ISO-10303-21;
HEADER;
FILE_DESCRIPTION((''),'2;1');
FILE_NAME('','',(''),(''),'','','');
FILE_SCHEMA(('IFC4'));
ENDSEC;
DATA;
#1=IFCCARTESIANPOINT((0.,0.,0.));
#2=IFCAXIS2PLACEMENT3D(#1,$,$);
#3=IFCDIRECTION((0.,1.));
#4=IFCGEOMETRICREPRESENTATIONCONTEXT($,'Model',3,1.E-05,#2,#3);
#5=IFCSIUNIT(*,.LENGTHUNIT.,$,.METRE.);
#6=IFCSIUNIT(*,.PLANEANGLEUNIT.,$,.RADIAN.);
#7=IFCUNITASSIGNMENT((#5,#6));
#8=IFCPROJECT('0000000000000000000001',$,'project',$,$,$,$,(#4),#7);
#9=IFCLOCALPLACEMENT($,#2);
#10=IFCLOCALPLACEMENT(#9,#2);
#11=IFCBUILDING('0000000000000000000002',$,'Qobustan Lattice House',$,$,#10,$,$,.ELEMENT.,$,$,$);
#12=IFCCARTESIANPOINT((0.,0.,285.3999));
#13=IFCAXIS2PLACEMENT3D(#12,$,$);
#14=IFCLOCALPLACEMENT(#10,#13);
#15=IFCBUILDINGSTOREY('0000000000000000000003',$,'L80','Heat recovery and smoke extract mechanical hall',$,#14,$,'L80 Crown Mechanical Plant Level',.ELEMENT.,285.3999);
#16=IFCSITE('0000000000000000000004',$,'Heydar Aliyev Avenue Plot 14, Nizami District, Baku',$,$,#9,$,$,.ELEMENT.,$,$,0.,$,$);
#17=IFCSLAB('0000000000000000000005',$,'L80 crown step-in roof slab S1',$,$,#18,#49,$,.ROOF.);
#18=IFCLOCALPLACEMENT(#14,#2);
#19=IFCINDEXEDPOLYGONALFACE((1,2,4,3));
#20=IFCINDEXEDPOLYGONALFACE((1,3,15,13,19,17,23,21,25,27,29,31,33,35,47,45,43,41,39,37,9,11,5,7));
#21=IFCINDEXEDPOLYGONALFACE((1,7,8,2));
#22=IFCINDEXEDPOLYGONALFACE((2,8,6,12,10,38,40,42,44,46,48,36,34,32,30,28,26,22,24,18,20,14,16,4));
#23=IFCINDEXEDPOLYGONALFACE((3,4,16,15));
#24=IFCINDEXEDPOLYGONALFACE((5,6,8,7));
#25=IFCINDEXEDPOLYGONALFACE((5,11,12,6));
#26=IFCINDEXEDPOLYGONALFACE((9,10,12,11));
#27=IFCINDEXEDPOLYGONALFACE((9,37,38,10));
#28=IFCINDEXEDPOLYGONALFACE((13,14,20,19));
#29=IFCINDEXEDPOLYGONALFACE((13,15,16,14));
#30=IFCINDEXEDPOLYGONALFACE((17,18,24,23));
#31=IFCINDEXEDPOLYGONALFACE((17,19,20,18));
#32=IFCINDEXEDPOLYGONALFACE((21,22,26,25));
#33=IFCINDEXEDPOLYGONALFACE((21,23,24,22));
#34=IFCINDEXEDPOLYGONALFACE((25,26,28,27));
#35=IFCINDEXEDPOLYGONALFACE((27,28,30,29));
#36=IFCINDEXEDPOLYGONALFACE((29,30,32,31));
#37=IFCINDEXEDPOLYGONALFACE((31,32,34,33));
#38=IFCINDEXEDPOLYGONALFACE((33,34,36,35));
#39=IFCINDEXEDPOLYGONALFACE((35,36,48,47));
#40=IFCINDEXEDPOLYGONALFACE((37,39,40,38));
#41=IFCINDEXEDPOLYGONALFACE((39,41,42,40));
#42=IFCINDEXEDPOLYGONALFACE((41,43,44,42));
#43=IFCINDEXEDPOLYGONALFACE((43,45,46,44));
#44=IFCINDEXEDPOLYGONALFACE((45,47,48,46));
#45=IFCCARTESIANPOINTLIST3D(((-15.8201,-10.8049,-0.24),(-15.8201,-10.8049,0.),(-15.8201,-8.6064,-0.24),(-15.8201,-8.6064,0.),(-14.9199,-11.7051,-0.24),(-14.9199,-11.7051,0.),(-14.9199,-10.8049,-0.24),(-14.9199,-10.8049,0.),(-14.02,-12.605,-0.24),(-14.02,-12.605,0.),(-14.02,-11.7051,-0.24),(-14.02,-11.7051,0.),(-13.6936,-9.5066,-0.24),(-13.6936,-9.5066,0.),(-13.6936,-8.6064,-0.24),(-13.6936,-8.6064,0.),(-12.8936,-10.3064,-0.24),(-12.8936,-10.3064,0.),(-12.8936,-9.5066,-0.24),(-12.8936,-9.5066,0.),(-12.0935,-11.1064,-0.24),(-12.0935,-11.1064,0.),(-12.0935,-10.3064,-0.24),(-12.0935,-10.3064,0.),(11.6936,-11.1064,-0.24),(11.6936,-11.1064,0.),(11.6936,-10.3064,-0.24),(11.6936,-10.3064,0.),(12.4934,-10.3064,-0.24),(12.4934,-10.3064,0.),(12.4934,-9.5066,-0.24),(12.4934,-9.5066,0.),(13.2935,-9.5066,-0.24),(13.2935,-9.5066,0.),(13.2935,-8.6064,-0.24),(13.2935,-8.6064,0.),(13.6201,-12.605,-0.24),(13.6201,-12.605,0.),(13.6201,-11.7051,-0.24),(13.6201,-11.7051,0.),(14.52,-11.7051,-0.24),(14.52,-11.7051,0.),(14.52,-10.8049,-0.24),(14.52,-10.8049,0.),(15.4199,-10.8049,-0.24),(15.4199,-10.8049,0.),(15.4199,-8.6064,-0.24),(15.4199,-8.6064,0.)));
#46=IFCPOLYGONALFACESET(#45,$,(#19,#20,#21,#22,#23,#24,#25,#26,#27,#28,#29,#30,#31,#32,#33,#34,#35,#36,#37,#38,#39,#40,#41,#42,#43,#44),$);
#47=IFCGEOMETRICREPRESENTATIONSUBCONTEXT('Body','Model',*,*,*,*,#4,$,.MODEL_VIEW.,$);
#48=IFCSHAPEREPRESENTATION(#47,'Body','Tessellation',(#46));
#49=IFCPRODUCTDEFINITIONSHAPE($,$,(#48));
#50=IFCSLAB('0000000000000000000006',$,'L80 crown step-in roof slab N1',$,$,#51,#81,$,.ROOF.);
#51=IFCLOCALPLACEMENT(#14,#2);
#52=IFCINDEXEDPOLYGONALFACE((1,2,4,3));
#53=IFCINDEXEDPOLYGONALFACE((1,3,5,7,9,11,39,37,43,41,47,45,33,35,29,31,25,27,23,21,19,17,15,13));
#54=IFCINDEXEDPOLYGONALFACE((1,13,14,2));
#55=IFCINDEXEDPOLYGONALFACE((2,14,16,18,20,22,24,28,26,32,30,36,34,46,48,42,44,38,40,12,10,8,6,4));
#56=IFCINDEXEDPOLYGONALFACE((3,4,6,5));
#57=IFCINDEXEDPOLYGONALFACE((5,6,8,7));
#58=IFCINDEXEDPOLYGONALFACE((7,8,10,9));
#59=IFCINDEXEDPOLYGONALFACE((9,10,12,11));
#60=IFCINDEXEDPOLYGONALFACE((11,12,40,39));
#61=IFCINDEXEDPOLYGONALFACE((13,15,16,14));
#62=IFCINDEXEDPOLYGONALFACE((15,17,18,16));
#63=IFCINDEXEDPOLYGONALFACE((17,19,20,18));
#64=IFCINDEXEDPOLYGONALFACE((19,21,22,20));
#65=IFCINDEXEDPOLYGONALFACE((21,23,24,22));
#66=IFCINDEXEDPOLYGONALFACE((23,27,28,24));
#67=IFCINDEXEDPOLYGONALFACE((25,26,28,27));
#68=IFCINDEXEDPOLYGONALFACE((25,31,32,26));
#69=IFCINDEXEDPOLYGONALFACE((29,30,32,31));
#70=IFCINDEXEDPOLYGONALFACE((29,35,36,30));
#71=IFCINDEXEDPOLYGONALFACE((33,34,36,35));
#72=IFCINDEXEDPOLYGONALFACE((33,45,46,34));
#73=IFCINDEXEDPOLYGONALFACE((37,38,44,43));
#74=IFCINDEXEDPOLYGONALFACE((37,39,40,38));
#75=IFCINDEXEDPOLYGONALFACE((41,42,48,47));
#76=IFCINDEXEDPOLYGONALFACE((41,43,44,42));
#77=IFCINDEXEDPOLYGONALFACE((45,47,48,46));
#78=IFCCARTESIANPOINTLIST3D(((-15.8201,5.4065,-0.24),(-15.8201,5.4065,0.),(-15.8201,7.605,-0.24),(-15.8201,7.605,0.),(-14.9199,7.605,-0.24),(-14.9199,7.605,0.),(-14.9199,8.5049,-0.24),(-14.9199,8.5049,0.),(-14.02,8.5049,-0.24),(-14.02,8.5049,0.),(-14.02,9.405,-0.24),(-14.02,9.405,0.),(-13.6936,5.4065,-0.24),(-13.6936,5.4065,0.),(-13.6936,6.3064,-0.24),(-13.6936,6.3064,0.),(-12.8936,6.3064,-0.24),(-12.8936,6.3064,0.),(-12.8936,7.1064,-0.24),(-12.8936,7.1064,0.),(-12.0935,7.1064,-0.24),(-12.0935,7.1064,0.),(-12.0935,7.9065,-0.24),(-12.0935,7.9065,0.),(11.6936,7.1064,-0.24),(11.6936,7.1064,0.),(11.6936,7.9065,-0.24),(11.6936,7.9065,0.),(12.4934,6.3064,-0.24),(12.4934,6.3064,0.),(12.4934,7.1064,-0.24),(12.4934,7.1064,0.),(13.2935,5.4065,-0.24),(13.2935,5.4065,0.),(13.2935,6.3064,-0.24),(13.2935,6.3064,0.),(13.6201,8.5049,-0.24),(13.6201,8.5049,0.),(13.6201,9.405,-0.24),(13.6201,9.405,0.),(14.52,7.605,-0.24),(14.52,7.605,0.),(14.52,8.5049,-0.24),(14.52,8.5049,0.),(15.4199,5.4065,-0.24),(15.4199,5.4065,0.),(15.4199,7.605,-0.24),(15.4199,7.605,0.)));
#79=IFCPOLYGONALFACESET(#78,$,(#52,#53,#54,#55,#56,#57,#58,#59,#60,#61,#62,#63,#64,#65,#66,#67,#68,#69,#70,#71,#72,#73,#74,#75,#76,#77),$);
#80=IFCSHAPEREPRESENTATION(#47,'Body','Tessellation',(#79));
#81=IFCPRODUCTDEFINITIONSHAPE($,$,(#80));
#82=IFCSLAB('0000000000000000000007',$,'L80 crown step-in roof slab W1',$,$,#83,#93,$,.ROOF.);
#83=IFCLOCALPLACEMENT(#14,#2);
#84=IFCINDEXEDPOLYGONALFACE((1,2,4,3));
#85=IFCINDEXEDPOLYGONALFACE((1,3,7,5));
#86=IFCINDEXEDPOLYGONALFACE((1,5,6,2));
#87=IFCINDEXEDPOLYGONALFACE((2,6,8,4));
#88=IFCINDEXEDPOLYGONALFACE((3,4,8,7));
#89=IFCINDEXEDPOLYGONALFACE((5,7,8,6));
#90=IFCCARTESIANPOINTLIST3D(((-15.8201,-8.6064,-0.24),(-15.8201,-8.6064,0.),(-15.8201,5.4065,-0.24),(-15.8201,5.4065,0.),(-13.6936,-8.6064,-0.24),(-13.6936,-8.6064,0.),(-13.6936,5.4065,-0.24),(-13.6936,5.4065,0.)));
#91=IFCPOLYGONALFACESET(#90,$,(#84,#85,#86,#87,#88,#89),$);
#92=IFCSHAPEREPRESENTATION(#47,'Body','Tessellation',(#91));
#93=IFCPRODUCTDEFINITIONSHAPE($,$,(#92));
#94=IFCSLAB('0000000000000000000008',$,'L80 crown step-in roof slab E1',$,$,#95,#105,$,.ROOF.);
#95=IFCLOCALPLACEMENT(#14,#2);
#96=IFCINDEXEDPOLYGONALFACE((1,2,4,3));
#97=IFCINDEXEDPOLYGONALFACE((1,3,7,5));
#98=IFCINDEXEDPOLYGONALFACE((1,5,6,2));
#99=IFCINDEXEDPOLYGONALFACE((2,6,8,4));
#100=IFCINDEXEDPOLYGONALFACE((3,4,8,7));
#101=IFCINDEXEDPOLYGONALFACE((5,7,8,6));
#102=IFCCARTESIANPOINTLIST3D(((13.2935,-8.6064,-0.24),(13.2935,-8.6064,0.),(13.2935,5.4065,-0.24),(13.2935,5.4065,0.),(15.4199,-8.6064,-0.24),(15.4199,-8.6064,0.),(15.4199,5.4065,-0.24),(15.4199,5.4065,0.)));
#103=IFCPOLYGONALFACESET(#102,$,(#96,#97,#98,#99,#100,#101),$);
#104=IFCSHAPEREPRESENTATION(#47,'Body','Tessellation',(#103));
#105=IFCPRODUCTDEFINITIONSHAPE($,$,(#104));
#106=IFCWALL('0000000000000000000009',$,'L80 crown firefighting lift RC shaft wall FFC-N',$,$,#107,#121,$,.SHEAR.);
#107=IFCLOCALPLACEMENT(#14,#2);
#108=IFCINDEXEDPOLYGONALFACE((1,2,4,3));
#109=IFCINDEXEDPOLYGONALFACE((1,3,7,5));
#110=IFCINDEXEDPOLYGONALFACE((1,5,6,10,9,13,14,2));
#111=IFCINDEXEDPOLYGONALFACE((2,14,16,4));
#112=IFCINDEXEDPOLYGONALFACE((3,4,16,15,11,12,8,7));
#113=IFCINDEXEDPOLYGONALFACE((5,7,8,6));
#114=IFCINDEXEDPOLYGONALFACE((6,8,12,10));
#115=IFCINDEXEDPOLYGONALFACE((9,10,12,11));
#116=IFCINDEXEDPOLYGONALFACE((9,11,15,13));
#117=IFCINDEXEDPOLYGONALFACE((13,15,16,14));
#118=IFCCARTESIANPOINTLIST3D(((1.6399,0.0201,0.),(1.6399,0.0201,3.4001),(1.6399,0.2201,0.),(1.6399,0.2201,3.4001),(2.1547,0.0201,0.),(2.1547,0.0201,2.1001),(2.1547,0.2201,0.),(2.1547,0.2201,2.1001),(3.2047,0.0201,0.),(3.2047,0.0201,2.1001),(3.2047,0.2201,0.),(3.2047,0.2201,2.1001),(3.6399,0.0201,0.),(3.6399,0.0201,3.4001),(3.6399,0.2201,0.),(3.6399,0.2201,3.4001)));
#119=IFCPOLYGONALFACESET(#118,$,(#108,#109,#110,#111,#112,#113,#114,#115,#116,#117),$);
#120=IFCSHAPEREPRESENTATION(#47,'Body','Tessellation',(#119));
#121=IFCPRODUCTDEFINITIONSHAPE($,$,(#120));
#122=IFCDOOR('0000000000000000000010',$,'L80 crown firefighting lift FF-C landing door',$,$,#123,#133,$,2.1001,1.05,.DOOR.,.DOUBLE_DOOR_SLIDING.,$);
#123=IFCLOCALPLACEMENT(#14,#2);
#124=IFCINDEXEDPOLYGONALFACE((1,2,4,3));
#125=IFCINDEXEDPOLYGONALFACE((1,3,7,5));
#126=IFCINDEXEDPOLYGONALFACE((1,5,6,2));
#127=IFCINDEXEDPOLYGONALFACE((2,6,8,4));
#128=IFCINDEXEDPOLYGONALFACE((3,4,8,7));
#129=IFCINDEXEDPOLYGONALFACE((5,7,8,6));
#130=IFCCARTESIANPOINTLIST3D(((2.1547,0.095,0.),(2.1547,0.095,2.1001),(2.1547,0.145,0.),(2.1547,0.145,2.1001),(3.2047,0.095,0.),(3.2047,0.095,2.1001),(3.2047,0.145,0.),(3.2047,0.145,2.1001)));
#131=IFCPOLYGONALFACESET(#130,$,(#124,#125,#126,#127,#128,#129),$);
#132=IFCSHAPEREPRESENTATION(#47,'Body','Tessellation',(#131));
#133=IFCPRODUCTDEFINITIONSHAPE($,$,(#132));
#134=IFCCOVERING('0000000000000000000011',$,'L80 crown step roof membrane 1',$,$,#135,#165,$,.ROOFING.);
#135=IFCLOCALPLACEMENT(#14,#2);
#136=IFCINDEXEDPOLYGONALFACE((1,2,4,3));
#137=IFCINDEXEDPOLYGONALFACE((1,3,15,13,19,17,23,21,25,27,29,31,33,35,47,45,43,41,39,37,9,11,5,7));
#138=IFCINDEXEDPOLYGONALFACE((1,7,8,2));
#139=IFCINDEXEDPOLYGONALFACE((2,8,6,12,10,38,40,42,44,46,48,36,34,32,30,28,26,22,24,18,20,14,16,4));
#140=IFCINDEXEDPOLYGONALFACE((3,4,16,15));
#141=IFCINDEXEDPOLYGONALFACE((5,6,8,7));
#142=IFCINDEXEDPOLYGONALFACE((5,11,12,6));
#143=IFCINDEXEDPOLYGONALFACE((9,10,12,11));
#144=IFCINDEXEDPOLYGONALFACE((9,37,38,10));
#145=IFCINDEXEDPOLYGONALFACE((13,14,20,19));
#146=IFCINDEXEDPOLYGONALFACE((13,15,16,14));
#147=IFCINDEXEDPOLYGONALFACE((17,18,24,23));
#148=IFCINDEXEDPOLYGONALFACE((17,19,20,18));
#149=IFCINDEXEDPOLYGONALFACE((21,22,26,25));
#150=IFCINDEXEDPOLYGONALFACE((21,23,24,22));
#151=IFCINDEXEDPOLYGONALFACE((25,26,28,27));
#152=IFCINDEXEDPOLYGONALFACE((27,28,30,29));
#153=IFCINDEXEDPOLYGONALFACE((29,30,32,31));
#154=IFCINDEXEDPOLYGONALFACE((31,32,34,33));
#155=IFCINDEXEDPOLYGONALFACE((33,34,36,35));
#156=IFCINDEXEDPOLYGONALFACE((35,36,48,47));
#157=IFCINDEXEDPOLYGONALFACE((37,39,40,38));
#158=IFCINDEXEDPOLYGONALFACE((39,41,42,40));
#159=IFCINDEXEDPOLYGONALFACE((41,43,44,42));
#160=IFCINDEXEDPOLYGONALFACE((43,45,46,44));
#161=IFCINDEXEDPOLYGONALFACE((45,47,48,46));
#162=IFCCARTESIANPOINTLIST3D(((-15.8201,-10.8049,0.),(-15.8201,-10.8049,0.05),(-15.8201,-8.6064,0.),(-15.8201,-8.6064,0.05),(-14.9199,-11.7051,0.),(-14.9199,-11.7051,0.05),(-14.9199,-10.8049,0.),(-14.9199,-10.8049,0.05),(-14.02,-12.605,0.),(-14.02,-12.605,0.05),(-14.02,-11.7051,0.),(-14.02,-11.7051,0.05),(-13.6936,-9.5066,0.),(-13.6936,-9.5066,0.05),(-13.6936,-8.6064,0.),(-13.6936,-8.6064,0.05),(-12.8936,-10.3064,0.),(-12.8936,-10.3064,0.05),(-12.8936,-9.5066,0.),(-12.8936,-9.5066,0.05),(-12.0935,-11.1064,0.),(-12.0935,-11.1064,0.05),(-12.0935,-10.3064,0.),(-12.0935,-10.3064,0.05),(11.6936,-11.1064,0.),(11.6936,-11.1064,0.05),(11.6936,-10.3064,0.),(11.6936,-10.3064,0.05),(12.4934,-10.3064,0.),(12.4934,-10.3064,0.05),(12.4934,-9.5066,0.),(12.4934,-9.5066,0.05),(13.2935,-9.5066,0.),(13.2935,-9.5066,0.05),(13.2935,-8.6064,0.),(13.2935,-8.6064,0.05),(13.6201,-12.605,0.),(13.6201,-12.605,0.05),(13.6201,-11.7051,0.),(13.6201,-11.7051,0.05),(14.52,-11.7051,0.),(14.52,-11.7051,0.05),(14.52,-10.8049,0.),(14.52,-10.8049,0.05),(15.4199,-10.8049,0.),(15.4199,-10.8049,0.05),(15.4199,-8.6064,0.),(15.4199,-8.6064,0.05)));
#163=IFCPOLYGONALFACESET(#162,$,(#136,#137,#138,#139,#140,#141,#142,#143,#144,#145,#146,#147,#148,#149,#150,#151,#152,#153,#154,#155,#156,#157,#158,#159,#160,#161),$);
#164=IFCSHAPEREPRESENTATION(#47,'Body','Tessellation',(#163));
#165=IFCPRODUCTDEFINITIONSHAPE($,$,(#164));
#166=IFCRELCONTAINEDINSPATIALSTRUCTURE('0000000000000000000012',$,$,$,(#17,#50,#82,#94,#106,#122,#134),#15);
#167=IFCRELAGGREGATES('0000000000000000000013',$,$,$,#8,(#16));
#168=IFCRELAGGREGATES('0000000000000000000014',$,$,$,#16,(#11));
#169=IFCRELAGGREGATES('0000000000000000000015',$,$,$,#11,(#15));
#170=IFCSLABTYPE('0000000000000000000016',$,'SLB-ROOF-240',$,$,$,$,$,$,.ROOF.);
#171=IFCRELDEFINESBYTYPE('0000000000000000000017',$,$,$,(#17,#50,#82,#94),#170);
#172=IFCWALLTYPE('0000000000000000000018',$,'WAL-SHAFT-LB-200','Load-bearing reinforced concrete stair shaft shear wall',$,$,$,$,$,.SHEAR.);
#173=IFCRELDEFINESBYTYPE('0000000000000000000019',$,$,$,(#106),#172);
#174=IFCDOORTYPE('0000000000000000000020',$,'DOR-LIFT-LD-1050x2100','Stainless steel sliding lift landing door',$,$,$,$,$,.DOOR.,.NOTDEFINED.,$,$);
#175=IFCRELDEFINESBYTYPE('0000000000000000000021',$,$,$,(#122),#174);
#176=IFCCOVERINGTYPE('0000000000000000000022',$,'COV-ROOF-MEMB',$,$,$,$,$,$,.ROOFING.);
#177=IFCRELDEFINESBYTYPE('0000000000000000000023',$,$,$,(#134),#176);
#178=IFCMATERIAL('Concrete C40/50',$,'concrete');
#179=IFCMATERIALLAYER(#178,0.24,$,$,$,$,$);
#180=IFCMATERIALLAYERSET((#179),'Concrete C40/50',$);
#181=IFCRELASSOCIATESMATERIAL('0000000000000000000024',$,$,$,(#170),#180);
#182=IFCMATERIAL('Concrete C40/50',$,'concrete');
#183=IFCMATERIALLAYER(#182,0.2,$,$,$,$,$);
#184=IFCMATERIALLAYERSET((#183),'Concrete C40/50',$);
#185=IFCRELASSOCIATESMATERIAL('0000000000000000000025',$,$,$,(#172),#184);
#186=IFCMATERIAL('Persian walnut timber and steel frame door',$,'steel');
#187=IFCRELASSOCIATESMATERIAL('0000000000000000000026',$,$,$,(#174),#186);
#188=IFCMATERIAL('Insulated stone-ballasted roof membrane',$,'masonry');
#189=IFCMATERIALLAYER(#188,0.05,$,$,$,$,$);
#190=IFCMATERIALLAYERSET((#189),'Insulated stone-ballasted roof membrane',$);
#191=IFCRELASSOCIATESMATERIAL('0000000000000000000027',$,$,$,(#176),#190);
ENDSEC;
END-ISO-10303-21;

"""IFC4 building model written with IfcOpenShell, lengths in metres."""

from ifc_helpers import new_model, si_unit, direction, frame, frame_2d, origin, place, context, subcontext, project, spatial, polyline, rectangle, outline, extrude, material, layer, layer_set, type_object, element, fill, save


model = new_model("IFC4")

# Units and contexts
model_context = context("Model", 3, precision=1e-05, world=origin(), true_north=direction((0.0, 1.0)))
body_context = subcontext(model_context, "Body", "Model", "MODEL_VIEW")
ifc_project = project(units=[si_unit("LENGTHUNIT", "METRE"), si_unit("PLANEANGLEUNIT", "RADIAN")], contexts=[model_context])

# Site, building, storey
site_placement = place(None, origin())
site = spatial("IfcSite", under=ifc_project, at=site_placement, Name="Heydar Aliyev Avenue Plot 14, Nizami District, Baku", CompositionType="ELEMENT", RefElevation=0.0)
building_placement = place(site_placement, origin())
building = spatial("IfcBuilding", under=site, at=building_placement, Name="Qobustan Lattice House", CompositionType="ELEMENT")
storey_placement = place(building_placement, frame((0.0, 0.0, 285.3999)))
storey = spatial("IfcBuildingStorey", under=building, at=storey_placement, Name="L80", Description="Heat recovery and smoke extract mechanical hall", LongName="L80 Crown Mechanical Plant Level", CompositionType="ELEMENT", Elevation=285.3999)

# Slabs
ifc_material_1 = material(Name="Concrete C40/50", Category="concrete")
ifc_layer_1 = layer(ifc_material_1, 0.24)
ifc_layer_set_1 = layer_set([ifc_layer_1], Name="Concrete C40/50")
slab_type_1 = type_object("IfcSlabType", Name="SLB-ROOF-240", PredefinedType="ROOF", material=ifc_layer_set_1)
slab_1_placement = place(storey_placement, frame((0.0, 0.0, -0.24)))
element("IfcSlab", 1, at=slab_1_placement, inside=storey, type_object=slab_type_1, Name="L80 crown step-in roof slab S1", PredefinedType="ROOF", context=body_context, shape_type="SweptSolid", body=[
    extrude(outline(polyline([(-14.02, -11.7051), (-14.02, -12.605), (13.6201, -12.605), (13.6201, -11.7051), (14.52, -11.7051), (14.52, -10.8049), (15.4199, -10.8049), (15.4199, -8.6064), (13.2935, -8.6064), (13.2935, -9.5066), (12.4934, -9.5066), (12.4934, -10.3064), (11.6936, -10.3064), (11.6936, -11.1064), (-12.0935, -11.1064), (-12.0935, -10.3064), (-12.8936, -10.3064), (-12.8936, -9.5066), (-13.6936, -9.5066), (-13.6936, -8.6064), (-15.8201, -8.6064), (-15.8201, -10.8049), (-14.9199, -10.8049), (-14.9199, -11.7051), (-14.02, -11.7051)])), origin(), (0.0, 0.0, 1.0), 0.24),
])
slab_2_placement = place(storey_placement, frame((0.0, 0.0, -0.24)))
element("IfcSlab", 2, at=slab_2_placement, inside=storey, type_object=slab_type_1, Name="L80 crown step-in roof slab N1", PredefinedType="ROOF", context=body_context, shape_type="SweptSolid", body=[
    extrude(outline(polyline([(-15.8201, 5.4065), (-13.6936, 5.4065), (-13.6936, 6.3064), (-12.8936, 6.3064), (-12.8936, 7.1064), (-12.0935, 7.1064), (-12.0935, 7.9065), (11.6936, 7.9065), (11.6936, 7.1064), (12.4934, 7.1064), (12.4934, 6.3064), (13.2935, 6.3064), (13.2935, 5.4065), (15.4199, 5.4065), (15.4199, 7.605), (14.52, 7.605), (14.52, 8.5049), (13.6201, 8.5049), (13.6201, 9.405), (-14.02, 9.405), (-14.02, 8.5049), (-14.9199, 8.5049), (-14.9199, 7.605), (-15.8201, 7.605), (-15.8201, 5.4065)])), origin(), (0.0, 0.0, 1.0), 0.24),
])
slab_3_placement = place(storey_placement, frame((0.0, 0.0, -0.24)))
element("IfcSlab", 3, at=slab_3_placement, inside=storey, type_object=slab_type_1, Name="L80 crown step-in roof slab W1", PredefinedType="ROOF", context=body_context, shape_type="SweptSolid", body=[
    extrude(outline(polyline([(-15.8201, -8.6064), (-13.6936, -8.6064), (-13.6936, 5.4065), (-15.8201, 5.4065), (-15.8201, -8.6064)])), origin(), (0.0, 0.0, 1.0), 0.24),
])
slab_4_placement = place(storey_placement, frame((0.0, 0.0, -0.24)))
element("IfcSlab", 4, at=slab_4_placement, inside=storey, type_object=slab_type_1, Name="L80 crown step-in roof slab E1", PredefinedType="ROOF", context=body_context, shape_type="SweptSolid", body=[
    extrude(outline(polyline([(15.4199, 5.4065), (13.2935, 5.4065), (13.2935, -8.6064), (15.4199, -8.6064), (15.4199, 5.4065)])), origin(), (0.0, 0.0, 1.0), 0.24),
])

# Wall, opening, door
ifc_material_2 = material(Name="Concrete C40/50", Category="concrete")
ifc_layer_2 = layer(ifc_material_2, 0.2)
ifc_layer_set_2 = layer_set([ifc_layer_2], Name="Concrete C40/50")
wall_type = type_object("IfcWallType", Name="WAL-SHAFT-LB-200", Description="Load-bearing reinforced concrete stair shaft shear wall", PredefinedType="SHEAR", material=ifc_layer_set_2)
wall_placement = place(storey_placement, frame((1.6399, 0.1201, 0.0), z_axis=(0.0, 0.0, 1.0), x_axis=(1.0, 0.0, 0.0)))
wall = element("IfcWall", 5, at=wall_placement, inside=storey, type_object=wall_type, Name="L80 crown firefighting lift RC shaft wall FFC-N", PredefinedType="SHEAR", context=body_context, shape_type="SweptSolid", body=[
    extrude(rectangle(XDim=2.0, YDim=0.2, at=frame_2d((1.0, 0.0))), origin(), (0.0, 0.0, 1.0), 3.4001),
])
opening_placement = place(wall_placement, frame((0.5149, 0.0, 0.0)))
opening = element("IfcOpeningElement", 6, at=opening_placement, cuts=wall, PredefinedType="OPENING", context=body_context, shape_type="SweptSolid", body=[
    extrude(rectangle(XDim=1.05, YDim=2.1001, at=frame_2d((0.5249, 1.05))), frame((0.0, 0.1099, 0.0), z_axis=(0.0, -1.0, 0.0), x_axis=(1.0, 0.0, 0.0)), (0.0, 0.0, 1.0), 0.22),
])
ifc_material_3 = material(Name="Persian walnut timber and steel frame door", Category="steel")
door_type = type_object("IfcDoorType", Name="DOR-LIFT-LD-1050x2100", Description="Stainless steel sliding lift landing door", OperationType="NOTDEFINED", PredefinedType="DOOR", material=ifc_material_3)
door_placement = place(opening_placement, origin())
door = element("IfcDoor", 7, at=door_placement, inside=storey, type_object=door_type, Name="L80 crown firefighting lift FF-C landing door", OperationType="DOUBLE_DOOR_SLIDING", OverallHeight=2.1001, OverallWidth=1.05, PredefinedType="DOOR", context=body_context, shape_type="SweptSolid", body=[
    extrude(rectangle(XDim=1.05, YDim=2.1001, at=frame_2d((0.5249, 1.05))), frame((0.0, 0.0249, 0.0), z_axis=(0.0, -1.0, 0.0), x_axis=(1.0, 0.0, 0.0)), (0.0, 0.0, 1.0), 0.05),
])
fill(opening, door)

# Covering
ifc_material_4 = material(Name="Insulated stone-ballasted roof membrane", Category="masonry")
ifc_layer_3 = layer(ifc_material_4, 0.05)
ifc_layer_set_3 = layer_set([ifc_layer_3], Name="Insulated stone-ballasted roof membrane")
covering_type = type_object("IfcCoveringType", Name="COV-ROOF-MEMB", PredefinedType="ROOFING", material=ifc_layer_set_3)
covering_1_placement = place(storey_placement, origin())
element("IfcCovering", 8, at=covering_1_placement, inside=storey, type_object=covering_type, Name="L80 crown step roof membrane 1", PredefinedType="ROOFING", context=body_context, shape_type="SweptSolid", body=[
    extrude(outline(polyline([(-14.02, -11.7051), (-14.02, -12.605), (13.6201, -12.605), (13.6201, -11.7051), (14.52, -11.7051), (14.52, -10.8049), (15.4199, -10.8049), (15.4199, -8.6064), (13.2935, -8.6064), (13.2935, -9.5066), (12.4934, -9.5066), (12.4934, -10.3064), (11.6936, -10.3064), (11.6936, -11.1064), (-12.0935, -11.1064), (-12.0935, -10.3064), (-12.8936, -10.3064), (-12.8936, -9.5066), (-13.6936, -9.5066), (-13.6936, -8.6064), (-15.8201, -8.6064), (-15.8201, -10.8049), (-14.9199, -10.8049), (-14.9199, -11.7051), (-14.02, -11.7051)])), origin(), (0.0, 0.0, 1.0), 0.05),
])

save(model, "model.ifc")
